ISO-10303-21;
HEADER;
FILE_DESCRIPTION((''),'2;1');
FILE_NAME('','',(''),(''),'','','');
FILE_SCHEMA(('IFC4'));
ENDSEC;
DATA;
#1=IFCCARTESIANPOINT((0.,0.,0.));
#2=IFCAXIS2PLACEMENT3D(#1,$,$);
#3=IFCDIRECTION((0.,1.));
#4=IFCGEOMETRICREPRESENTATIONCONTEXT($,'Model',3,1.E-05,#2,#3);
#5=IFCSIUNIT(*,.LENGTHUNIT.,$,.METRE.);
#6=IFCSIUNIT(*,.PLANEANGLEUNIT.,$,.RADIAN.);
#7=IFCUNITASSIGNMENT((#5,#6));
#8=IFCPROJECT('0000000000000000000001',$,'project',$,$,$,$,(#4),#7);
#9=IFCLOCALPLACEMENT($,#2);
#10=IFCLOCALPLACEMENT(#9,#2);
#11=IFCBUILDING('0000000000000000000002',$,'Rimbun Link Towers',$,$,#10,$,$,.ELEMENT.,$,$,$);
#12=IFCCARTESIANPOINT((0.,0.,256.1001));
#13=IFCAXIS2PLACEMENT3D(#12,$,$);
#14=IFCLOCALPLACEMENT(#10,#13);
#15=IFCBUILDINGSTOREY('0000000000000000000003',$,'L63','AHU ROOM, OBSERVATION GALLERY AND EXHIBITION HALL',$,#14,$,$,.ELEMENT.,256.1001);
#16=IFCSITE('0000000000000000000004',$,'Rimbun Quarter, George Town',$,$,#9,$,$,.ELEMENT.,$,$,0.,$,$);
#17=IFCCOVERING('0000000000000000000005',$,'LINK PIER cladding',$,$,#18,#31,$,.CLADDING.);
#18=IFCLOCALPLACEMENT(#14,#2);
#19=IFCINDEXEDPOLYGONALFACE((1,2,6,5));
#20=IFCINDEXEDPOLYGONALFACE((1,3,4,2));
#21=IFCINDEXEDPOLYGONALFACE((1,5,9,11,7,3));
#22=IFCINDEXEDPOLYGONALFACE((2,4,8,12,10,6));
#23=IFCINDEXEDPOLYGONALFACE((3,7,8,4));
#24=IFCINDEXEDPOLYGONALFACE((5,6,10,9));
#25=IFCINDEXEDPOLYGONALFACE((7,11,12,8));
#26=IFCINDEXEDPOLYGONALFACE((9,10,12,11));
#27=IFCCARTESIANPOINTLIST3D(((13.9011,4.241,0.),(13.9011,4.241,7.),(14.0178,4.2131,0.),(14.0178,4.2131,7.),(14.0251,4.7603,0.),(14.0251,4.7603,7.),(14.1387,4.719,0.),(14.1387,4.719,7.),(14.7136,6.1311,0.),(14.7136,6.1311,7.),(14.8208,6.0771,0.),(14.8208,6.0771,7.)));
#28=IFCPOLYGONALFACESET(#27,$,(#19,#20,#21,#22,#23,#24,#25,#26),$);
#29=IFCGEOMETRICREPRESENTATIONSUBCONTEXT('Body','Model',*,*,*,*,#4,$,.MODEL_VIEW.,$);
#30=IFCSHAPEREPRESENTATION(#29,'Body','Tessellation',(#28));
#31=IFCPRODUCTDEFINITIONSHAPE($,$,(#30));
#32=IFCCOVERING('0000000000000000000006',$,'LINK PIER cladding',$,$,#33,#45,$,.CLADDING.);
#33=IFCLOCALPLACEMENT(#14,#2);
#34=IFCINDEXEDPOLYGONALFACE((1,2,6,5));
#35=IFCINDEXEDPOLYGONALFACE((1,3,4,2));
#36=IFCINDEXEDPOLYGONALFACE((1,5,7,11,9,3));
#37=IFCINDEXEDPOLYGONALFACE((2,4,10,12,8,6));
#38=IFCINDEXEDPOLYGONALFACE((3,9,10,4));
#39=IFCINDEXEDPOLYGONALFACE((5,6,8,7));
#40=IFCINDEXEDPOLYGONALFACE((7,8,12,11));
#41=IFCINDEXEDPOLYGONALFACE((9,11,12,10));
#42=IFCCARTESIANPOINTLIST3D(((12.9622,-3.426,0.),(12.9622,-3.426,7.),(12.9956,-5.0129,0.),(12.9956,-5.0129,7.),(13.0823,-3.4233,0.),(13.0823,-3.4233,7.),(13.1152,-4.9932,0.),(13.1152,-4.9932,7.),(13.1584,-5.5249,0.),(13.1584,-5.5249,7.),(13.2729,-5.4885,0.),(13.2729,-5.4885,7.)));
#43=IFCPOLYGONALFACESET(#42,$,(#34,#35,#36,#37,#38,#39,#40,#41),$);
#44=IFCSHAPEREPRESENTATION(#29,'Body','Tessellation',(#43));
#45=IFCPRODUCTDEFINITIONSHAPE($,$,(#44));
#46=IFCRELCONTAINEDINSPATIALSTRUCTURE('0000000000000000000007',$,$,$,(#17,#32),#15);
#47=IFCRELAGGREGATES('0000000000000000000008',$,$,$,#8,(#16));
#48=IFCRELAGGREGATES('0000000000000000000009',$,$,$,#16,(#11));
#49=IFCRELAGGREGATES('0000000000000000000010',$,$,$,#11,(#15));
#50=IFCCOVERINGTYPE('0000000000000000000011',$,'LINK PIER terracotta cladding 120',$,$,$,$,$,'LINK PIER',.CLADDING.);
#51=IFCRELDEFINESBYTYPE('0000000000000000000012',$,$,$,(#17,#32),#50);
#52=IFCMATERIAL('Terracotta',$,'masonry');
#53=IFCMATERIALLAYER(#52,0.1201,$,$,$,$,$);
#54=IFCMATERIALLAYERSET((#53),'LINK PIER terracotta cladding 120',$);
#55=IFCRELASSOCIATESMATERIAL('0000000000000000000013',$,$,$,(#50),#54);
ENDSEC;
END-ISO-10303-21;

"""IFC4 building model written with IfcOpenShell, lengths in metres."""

from ifc_helpers import new_model, si_unit, direction, frame, origin, place, context, subcontext, project, spatial, polyline, outline, extrude, material, layer, layer_set, type_object, element, save


model = new_model("IFC4")

# Units and contexts
model_context = context("Model", 3, precision=1e-05, world=origin(), true_north=direction((0.0, 1.0)))
body_context = subcontext(model_context, "Body", "Model", "MODEL_VIEW")
ifc_project = project(units=[si_unit("LENGTHUNIT", "METRE"), si_unit("PLANEANGLEUNIT", "RADIAN")], contexts=[model_context])

# Site, building, storey
site_placement = place(None, origin())
site = spatial("IfcSite", under=ifc_project, at=site_placement, Name="Rimbun Quarter, George Town", CompositionType="ELEMENT", RefElevation=0.0)
building_placement = place(site_placement, origin())
building = spatial("IfcBuilding", under=site, at=building_placement, Name="Rimbun Link Towers", CompositionType="ELEMENT")
storey_placement = place(building_placement, frame((0.0, 0.0, 256.1001)))
storey = spatial("IfcBuildingStorey", under=building, at=storey_placement, Name="L63", Description="AHU ROOM, OBSERVATION GALLERY AND EXHIBITION HALL", CompositionType="ELEMENT", Elevation=256.1001)

# Coverings
ifc_material_1 = material(Name="Terracotta", Category="masonry")
ifc_layer_1 = layer(ifc_material_1, 0.1201)
ifc_layer_set_1 = layer_set([ifc_layer_1], Name="LINK PIER terracotta cladding 120")
covering_type = type_object("IfcCoveringType", Name="LINK PIER terracotta cladding 120", ElementType="LINK PIER", PredefinedType="CLADDING", material=ifc_layer_set_1)
covering_1_placement = place(storey_placement, origin())
element("IfcCovering", 1, at=covering_1_placement, inside=storey, type_object=covering_type, Name="LINK PIER cladding", PredefinedType="CLADDING", context=body_context, shape_type="SweptSolid", body=[
    extrude(outline(polyline([(14.0178, 4.2131), (14.1387, 4.719), (14.8208, 6.0771), (14.7136, 6.1311), (14.0251, 4.7603), (13.9011, 4.241), (14.0178, 4.2131)])), origin(), (0.0, 0.0, 1.0), 7.0),
])
covering_2_placement = place(storey_placement, origin())
element("IfcCovering", 2, at=covering_2_placement, inside=storey, type_object=covering_type, Name="LINK PIER cladding", PredefinedType="CLADDING", context=body_context, shape_type="SweptSolid", body=[
    extrude(outline(polyline([(13.2729, -5.4885), (13.1152, -4.9932), (13.0823, -3.4233), (12.9622, -3.426), (12.9956, -5.0129), (13.1584, -5.5249), (13.2729, -5.4885)])), origin(), (0.0, 0.0, 1.0), 7.0),
])

save(model, "model.ifc")
